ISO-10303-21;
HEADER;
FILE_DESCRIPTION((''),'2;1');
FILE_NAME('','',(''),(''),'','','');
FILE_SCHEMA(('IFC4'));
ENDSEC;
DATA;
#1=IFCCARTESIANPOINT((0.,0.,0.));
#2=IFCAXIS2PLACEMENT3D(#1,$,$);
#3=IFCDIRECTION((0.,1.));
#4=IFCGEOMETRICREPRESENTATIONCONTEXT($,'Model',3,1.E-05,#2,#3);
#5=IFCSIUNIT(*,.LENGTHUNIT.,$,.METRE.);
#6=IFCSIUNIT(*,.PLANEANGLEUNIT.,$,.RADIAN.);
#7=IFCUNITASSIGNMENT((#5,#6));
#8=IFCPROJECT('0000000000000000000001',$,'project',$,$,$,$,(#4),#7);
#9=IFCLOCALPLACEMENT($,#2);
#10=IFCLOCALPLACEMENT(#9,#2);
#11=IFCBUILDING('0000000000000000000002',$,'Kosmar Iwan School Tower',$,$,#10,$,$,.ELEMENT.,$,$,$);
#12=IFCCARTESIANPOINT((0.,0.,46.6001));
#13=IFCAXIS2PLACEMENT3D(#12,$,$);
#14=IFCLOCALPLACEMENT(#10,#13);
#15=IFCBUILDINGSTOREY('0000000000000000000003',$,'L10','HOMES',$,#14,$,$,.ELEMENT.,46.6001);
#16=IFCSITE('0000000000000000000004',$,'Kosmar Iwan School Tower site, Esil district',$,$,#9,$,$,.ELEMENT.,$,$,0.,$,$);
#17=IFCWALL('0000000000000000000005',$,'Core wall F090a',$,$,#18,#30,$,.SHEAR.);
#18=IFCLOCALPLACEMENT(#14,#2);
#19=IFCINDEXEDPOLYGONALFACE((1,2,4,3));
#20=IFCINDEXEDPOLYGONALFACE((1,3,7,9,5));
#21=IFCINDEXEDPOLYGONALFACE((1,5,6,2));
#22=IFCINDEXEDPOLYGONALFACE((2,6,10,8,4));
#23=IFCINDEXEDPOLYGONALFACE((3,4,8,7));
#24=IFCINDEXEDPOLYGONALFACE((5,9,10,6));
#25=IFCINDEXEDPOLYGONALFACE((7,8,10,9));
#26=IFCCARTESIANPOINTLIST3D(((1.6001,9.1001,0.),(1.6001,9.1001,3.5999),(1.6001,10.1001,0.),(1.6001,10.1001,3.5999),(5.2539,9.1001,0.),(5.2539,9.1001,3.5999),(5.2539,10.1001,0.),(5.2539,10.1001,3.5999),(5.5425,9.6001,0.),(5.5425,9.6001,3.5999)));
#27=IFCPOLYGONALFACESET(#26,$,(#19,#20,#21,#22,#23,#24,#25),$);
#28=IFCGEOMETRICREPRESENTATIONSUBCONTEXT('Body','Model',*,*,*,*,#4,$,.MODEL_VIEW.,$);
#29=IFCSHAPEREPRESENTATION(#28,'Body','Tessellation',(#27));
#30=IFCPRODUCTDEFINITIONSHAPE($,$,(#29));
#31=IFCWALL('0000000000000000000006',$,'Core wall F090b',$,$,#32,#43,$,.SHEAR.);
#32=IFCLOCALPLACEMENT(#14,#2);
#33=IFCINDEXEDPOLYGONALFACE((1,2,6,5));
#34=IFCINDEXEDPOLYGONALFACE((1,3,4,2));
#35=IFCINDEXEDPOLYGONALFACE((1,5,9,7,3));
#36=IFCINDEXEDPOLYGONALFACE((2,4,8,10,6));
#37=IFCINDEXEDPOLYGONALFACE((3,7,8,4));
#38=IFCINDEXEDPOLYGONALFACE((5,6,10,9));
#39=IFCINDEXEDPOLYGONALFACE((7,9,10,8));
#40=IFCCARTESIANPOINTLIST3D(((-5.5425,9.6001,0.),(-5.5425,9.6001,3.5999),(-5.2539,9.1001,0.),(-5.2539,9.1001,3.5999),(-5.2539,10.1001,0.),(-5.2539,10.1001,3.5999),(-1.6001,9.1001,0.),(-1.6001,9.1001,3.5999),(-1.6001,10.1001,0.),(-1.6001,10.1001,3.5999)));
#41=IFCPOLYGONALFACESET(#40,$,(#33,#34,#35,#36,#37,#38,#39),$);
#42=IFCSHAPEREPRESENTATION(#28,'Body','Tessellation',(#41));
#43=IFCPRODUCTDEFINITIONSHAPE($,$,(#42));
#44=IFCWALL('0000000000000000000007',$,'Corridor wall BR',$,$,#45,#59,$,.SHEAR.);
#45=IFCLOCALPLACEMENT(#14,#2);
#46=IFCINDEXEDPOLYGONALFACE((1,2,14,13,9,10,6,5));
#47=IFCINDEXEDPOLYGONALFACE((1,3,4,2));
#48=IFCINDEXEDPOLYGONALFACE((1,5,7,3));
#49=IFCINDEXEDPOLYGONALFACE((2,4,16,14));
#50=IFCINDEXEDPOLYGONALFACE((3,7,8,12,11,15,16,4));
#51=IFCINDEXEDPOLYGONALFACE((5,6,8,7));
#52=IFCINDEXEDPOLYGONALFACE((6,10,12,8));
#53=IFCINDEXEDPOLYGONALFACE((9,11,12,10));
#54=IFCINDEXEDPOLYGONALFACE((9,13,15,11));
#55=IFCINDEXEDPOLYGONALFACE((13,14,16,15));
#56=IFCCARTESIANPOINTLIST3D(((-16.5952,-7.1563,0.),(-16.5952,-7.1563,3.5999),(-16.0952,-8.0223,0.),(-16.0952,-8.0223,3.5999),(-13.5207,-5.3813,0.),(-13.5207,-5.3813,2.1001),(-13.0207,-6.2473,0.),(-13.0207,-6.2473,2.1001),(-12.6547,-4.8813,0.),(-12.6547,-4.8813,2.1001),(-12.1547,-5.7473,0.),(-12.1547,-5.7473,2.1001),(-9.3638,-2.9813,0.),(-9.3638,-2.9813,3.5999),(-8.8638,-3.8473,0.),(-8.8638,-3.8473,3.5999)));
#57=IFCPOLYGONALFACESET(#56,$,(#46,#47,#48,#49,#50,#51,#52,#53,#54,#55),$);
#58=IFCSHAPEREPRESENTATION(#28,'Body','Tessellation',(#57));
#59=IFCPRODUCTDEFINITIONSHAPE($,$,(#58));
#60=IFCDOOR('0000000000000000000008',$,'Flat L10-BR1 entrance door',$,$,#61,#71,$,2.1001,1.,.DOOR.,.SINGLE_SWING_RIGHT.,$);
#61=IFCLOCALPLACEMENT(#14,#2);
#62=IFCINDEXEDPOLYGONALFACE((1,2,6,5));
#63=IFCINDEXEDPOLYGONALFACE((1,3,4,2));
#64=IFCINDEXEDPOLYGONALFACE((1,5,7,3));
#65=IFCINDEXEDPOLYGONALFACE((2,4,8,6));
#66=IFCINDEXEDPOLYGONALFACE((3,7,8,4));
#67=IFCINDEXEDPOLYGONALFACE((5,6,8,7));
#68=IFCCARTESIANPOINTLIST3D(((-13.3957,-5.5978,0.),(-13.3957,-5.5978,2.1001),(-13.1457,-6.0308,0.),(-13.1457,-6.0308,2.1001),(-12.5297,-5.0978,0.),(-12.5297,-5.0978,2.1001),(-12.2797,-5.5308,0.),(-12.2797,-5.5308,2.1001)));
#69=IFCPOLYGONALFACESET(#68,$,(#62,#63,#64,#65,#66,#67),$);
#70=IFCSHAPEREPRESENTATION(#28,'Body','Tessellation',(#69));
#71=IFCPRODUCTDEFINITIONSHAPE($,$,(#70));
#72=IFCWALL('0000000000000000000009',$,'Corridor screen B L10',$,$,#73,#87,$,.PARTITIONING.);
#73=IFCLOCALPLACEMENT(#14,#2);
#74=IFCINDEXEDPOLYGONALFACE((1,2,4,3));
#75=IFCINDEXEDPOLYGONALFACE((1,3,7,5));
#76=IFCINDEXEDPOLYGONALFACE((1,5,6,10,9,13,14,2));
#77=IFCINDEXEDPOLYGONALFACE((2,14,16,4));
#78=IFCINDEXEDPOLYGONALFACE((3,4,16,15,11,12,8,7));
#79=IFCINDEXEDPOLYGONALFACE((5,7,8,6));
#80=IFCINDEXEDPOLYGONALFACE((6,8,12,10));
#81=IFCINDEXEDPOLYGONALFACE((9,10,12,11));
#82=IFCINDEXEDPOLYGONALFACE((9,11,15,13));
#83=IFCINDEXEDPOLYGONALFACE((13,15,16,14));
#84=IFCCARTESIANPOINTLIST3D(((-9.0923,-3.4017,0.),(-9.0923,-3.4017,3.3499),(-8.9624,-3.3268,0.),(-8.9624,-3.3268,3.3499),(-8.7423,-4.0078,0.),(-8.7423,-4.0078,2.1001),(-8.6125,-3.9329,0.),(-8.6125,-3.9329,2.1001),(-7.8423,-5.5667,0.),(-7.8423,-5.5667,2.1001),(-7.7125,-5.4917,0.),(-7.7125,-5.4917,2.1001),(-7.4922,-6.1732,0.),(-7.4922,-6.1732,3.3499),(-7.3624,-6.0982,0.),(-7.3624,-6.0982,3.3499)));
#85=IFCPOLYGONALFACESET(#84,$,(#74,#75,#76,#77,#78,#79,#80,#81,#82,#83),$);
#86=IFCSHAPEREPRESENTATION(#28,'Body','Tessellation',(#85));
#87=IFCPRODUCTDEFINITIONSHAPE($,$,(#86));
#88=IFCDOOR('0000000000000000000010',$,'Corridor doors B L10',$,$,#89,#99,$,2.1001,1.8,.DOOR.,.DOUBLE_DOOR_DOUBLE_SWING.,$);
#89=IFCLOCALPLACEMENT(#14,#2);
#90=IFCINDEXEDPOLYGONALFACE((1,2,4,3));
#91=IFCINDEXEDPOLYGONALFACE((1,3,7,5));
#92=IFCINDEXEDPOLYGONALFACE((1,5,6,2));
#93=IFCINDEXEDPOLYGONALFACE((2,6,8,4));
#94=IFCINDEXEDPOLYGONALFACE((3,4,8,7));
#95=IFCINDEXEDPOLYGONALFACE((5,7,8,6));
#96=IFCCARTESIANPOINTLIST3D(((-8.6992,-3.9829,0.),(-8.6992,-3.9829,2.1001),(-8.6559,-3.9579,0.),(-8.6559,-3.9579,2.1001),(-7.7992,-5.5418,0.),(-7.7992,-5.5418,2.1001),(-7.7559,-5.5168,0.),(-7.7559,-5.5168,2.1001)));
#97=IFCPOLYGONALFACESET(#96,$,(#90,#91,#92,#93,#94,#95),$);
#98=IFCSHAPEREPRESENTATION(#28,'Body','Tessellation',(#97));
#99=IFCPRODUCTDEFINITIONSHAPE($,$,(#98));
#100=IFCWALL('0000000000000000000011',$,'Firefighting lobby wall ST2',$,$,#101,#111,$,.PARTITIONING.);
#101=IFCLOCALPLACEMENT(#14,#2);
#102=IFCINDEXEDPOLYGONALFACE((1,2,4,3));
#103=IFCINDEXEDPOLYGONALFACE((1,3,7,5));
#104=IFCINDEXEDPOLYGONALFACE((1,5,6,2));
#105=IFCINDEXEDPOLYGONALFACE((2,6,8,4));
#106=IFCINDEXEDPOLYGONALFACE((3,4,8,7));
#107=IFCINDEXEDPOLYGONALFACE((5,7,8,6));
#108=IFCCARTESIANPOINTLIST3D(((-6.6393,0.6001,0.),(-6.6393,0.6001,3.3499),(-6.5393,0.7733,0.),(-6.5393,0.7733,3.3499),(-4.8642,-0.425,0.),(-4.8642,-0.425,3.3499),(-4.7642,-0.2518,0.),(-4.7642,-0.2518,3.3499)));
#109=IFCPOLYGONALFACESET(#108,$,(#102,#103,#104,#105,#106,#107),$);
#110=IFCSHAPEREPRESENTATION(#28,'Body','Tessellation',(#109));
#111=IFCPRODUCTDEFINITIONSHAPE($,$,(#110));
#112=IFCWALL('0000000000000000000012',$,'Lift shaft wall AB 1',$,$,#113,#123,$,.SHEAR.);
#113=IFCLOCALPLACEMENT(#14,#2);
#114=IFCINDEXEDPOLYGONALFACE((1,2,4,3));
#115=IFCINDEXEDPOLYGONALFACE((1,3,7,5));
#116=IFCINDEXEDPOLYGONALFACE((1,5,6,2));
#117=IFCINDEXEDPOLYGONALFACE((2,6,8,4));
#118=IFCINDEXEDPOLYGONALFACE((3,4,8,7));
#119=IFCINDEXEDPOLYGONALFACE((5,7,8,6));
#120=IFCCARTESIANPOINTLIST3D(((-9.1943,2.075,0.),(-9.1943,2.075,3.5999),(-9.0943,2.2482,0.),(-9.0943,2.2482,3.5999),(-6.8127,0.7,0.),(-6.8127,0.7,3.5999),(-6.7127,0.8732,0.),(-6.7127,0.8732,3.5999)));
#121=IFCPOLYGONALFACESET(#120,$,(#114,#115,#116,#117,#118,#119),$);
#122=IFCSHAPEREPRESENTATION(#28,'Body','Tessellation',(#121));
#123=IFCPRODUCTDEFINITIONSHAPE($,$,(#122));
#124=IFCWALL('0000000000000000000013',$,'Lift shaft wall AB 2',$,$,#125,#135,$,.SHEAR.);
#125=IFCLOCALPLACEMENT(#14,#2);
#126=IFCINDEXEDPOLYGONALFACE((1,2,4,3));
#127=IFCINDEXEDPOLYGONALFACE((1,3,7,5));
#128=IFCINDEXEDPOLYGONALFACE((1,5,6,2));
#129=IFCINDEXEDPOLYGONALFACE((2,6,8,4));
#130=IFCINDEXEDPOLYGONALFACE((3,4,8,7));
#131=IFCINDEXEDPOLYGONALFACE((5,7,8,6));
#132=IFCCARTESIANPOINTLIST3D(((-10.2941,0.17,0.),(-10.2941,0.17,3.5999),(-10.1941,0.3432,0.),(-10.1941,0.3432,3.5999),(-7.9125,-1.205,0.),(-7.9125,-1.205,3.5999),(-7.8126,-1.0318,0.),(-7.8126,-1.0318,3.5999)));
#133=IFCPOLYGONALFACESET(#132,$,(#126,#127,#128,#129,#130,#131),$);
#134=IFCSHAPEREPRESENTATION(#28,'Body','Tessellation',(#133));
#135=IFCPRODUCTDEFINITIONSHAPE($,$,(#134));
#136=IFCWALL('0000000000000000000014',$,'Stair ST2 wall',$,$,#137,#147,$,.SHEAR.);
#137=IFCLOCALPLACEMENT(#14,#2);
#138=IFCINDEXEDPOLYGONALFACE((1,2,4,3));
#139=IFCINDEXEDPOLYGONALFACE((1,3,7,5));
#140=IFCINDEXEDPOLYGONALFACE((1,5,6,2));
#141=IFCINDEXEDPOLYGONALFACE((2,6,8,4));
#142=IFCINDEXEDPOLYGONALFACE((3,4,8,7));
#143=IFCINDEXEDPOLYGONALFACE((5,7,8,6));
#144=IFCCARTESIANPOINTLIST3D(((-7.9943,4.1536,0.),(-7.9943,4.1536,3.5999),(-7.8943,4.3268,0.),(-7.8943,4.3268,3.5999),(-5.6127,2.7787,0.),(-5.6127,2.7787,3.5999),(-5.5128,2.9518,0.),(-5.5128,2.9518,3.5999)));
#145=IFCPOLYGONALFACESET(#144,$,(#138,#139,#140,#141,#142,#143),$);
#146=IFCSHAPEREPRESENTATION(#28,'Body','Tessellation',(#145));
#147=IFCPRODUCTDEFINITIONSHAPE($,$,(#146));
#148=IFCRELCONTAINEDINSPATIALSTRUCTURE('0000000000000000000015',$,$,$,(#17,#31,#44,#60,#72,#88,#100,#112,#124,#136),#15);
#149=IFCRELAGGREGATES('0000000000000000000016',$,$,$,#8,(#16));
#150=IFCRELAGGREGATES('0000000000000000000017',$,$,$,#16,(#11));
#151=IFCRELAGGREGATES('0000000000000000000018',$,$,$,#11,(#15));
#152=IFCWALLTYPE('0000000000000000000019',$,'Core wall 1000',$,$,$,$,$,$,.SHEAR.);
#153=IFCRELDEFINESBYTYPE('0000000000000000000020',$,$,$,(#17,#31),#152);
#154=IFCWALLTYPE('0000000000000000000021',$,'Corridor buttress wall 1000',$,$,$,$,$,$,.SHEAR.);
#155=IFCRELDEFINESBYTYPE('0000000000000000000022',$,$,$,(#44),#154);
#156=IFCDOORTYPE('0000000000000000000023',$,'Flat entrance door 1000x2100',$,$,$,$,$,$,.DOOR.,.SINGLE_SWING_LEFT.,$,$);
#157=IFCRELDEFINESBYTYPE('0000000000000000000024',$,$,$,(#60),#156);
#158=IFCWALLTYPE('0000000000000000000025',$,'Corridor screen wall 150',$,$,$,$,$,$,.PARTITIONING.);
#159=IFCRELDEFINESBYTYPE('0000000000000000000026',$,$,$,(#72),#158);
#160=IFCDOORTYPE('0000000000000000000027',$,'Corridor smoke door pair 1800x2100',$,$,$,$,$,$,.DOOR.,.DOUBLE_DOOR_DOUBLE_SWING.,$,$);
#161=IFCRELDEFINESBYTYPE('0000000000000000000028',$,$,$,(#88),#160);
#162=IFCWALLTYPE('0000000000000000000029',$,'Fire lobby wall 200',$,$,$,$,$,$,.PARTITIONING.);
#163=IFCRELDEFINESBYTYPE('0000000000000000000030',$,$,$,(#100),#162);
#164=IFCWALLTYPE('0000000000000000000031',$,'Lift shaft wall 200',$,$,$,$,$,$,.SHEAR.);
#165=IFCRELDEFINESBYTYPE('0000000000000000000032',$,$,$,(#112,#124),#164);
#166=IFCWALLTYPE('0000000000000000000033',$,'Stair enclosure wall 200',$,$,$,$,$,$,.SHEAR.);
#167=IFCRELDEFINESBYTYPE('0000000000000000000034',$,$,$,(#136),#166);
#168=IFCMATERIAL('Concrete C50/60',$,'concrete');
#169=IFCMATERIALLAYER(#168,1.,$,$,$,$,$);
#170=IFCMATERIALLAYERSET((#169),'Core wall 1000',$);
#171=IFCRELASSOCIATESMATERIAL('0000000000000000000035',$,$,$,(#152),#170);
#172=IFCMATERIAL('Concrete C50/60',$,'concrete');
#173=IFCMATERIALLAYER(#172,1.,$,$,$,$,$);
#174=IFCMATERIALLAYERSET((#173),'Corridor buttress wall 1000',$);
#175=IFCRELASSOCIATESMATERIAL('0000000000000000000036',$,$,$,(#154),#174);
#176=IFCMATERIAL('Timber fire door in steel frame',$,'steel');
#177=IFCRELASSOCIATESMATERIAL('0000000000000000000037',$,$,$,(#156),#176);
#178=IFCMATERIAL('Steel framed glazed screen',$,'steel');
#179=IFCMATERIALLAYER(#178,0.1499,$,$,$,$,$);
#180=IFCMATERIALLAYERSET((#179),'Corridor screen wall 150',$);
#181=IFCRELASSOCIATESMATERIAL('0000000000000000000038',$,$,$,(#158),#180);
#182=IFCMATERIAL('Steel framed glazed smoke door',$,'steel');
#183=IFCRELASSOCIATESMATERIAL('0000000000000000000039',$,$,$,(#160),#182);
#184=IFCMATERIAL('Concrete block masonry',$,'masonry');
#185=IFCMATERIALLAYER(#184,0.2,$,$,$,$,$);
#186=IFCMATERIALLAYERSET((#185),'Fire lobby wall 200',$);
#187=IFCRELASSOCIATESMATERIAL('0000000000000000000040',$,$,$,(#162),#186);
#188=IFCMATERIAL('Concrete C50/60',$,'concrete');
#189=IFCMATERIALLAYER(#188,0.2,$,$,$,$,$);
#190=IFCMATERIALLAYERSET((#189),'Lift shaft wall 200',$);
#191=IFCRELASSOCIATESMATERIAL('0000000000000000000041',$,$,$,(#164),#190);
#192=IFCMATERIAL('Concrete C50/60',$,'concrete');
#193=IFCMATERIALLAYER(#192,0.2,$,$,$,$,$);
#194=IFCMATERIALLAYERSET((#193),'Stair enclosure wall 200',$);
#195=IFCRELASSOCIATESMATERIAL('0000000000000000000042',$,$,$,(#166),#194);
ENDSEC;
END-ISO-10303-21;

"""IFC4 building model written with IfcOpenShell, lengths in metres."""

from ifc_helpers import new_model, si_unit, direction, frame, frame_2d, origin, place, context, subcontext, project, spatial, polyline, rectangle, outline, extrude, material, layer, layer_set, type_object, element, fill, save


model = new_model("IFC4")

# Units and contexts
model_context = context("Model", 3, precision=1e-05, world=origin(), true_north=direction((0.0, 1.0)))
body_context = subcontext(model_context, "Body", "Model", "MODEL_VIEW")
ifc_project = project(units=[si_unit("LENGTHUNIT", "METRE"), si_unit("PLANEANGLEUNIT", "RADIAN")], contexts=[model_context])

# Site, building, storey
site_placement = place(None, origin())
site = spatial("IfcSite", under=ifc_project, at=site_placement, Name="Kosmar Iwan School Tower site, Esil district", CompositionType="ELEMENT", RefElevation=0.0)
building_placement = place(site_placement, origin())
building = spatial("IfcBuilding", under=site, at=building_placement, Name="Kosmar Iwan School Tower", CompositionType="ELEMENT")
storey_placement = place(building_placement, frame((0.0, 0.0, 46.6001)))
storey = spatial("IfcBuildingStorey", under=building, at=storey_placement, Name="L10", Description="HOMES", CompositionType="ELEMENT", Elevation=46.6001)

# Walls
ifc_material_1 = material(Name="Concrete C50/60", Category="concrete")
ifc_layer_1 = layer(ifc_material_1, 1.0)
ifc_layer_set_1 = layer_set([ifc_layer_1], Name="Core wall 1000")
wall_type_1 = type_object("IfcWallType", Name="Core wall 1000", PredefinedType="SHEAR", material=ifc_layer_set_1)
wall_1_placement = place(storey_placement, origin())
element("IfcWall", 1, at=wall_1_placement, inside=storey, type_object=wall_type_1, Name="Core wall F090a", PredefinedType="SHEAR", context=body_context, shape_type="SweptSolid", body=[
    extrude(outline(polyline([(1.6001, 9.1001), (5.2539, 9.1001), (5.5425, 9.6001), (5.2539, 10.1001), (1.6001, 10.1001), (1.6001, 9.1001)])), origin(), (0.0, 0.0, 1.0), 3.5999),
])
wall_2_placement = place(storey_placement, origin())
element("IfcWall", 2, at=wall_2_placement, inside=storey, type_object=wall_type_1, Name="Core wall F090b", PredefinedType="SHEAR", context=body_context, shape_type="SweptSolid", body=[
    extrude(outline(polyline([(-5.2539, 9.1001), (-1.6001, 9.1001), (-1.6001, 10.1001), (-5.2539, 10.1001), (-5.5425, 9.6001), (-5.2539, 9.1001)])), origin(), (0.0, 0.0, 1.0), 3.5999),
])

# Walls, openings, doors
ifc_material_2 = material(Name="Concrete C50/60", Category="concrete")
ifc_layer_2 = layer(ifc_material_2, 1.0)
ifc_layer_set_2 = layer_set([ifc_layer_2], Name="Corridor buttress wall 1000")
wall_type_2 = type_object("IfcWallType", Name="Corridor buttress wall 1000", PredefinedType="SHEAR", material=ifc_layer_set_2)
wall_3_placement = place(storey_placement, frame((-9.1138, -3.4143, 0.0), z_axis=(0.0, 0.0, 1.0), x_axis=(-0.866027, -0.499997, 0.0)))
wall_3 = element("IfcWall", 3, at=wall_3_placement, inside=storey, type_object=wall_type_2, Name="Corridor wall BR", PredefinedType="SHEAR", context=body_context, shape_type="SweptSolid", body=[
    extrude(rectangle(XDim=8.3501, YDim=1.0, at=frame_2d((4.175, 0.0))), origin(), (0.0, 0.0, 1.0), 3.5999),
])
opening_1_placement = place(wall_3_placement, frame((3.8, 0.0, 0.0)))
opening_1 = element("IfcOpeningElement", 4, at=opening_1_placement, cuts=wall_3, PredefinedType="OPENING", context=body_context, shape_type="SweptSolid", body=[
    extrude(rectangle(XDim=1.0, YDim=2.1001, at=frame_2d((0.5, 1.05))), frame((0.0, 0.512, 0.0), z_axis=(0.0, -1.0, 0.0), x_axis=(1.0, 0.0, 0.0)), (0.0, 0.0, 1.0), 1.0239),
])
ifc_material_3 = material(Name="Timber fire door in steel frame", Category="steel")
door_type_1 = type_object("IfcDoorType", Name="Flat entrance door 1000x2100", OperationType="SINGLE_SWING_LEFT", PredefinedType="DOOR", material=ifc_material_3)
door_1_placement = place(opening_1_placement, origin())
door_1 = element("IfcDoor", 5, at=door_1_placement, inside=storey, type_object=door_type_1, Name="Flat L10-BR1 entrance door", OperationType="SINGLE_SWING_RIGHT", OverallHeight=2.1001, OverallWidth=1.0, PredefinedType="DOOR", context=body_context, shape_type="SweptSolid", body=[
    extrude(rectangle(XDim=1.0, YDim=2.1001, at=frame_2d((0.5, 1.05))), frame((0.0, 0.25, 0.0), z_axis=(0.0, -1.0, 0.0), x_axis=(1.0, 0.0, 0.0)), (0.0, 0.0, 1.0), 0.5),
])
fill(opening_1, door_1)
ifc_material_4 = material(Name="Steel framed glazed screen", Category="steel")
ifc_layer_3 = layer(ifc_material_4, 0.1499)
ifc_layer_set_3 = layer_set([ifc_layer_3], Name="Corridor screen wall 150")
wall_type_3 = type_object("IfcWallType", Name="Corridor screen wall 150", PredefinedType="PARTITIONING", material=ifc_layer_set_3)
wall_4_placement = place(storey_placement, frame((-9.0273, -3.3643, 0.0), z_axis=(0.0, 0.0, 1.0), x_axis=(0.499995, -0.866028, 0.0)))
wall_4 = element("IfcWall", 6, at=wall_4_placement, inside=storey, type_object=wall_type_3, Name="Corridor screen B L10", PredefinedType="PARTITIONING", context=body_context, shape_type="SweptSolid", body=[
    extrude(rectangle(XDim=3.2002, YDim=0.1499, at=frame_2d((1.6001, 0.0))), origin(), (0.0, 0.0, 1.0), 3.3499),
])
opening_2_placement = place(wall_4_placement, frame((0.7, 0.0, 0.0)))
opening_2 = element("IfcOpeningElement", 7, at=opening_2_placement, cuts=wall_4, PredefinedType="OPENING", context=body_context, shape_type="SweptSolid", body=[
    extrude(rectangle(XDim=1.8, YDim=2.1001, at=frame_2d((0.8999, 1.05))), frame((0.0, 0.0869, 0.0), z_axis=(0.0, -1.0, 0.0), x_axis=(1.0, 0.0, 0.0)), (0.0, 0.0, 1.0), 0.1738),
])
ifc_material_5 = material(Name="Steel framed glazed smoke door", Category="steel")
door_type_2 = type_object("IfcDoorType", Name="Corridor smoke door pair 1800x2100", OperationType="DOUBLE_DOOR_DOUBLE_SWING", PredefinedType="DOOR", material=ifc_material_5)
door_2_placement = place(opening_2_placement, origin())
door_2 = element("IfcDoor", 8, at=door_2_placement, inside=storey, type_object=door_type_2, Name="Corridor doors B L10", OperationType="DOUBLE_DOOR_DOUBLE_SWING", OverallHeight=2.1001, OverallWidth=1.8, PredefinedType="DOOR", context=body_context, shape_type="SweptSolid", body=[
    extrude(rectangle(XDim=1.8, YDim=2.1001, at=frame_2d((0.8999, 1.05))), frame((0.0, 0.0249, 0.0), z_axis=(0.0, -1.0, 0.0), x_axis=(1.0, 0.0, 0.0)), (0.0, 0.0, 1.0), 0.05),
])
fill(opening_2, door_2)

# Walls
ifc_material_6 = material(Name="Concrete block masonry", Category="masonry")
ifc_layer_4 = layer(ifc_material_6, 0.2)
ifc_layer_set_4 = layer_set([ifc_layer_4], Name="Fire lobby wall 200")
wall_type_4 = type_object("IfcWallType", Name="Fire lobby wall 200", PredefinedType="PARTITIONING", material=ifc_layer_set_4)
wall_5_placement = place(storey_placement, frame((-4.8142, -0.3384, 0.0), z_axis=(0.0, 0.0, 1.0), x_axis=(-0.865969, 0.500097, 0.0)))
element("IfcWall", 9, at=wall_5_placement, inside=storey, type_object=wall_type_4, Name="Firefighting lobby wall ST2", PredefinedType="PARTITIONING", context=body_context, shape_type="SweptSolid", body=[
    extrude(rectangle(XDim=2.0498, YDim=0.2, at=frame_2d((1.0249, 0.0))), origin(), (0.0, 0.0, 1.0), 3.3499),
])
ifc_material_7 = material(Name="Concrete C50/60", Category="concrete")
ifc_layer_5 = layer(ifc_material_7, 0.2)
ifc_layer_set_5 = layer_set([ifc_layer_5], Name="Lift shaft wall 200")
wall_type_5 = type_object("IfcWallType", Name="Lift shaft wall 200", PredefinedType="SHEAR", material=ifc_layer_set_5)
for number, where, z_axis, x_axis, name in (
    (10, (-6.7627, 0.7866, 0.0), (0.0, 0.0, 1.0), (-0.866027, 0.499997, 0.0), "Lift shaft wall AB 1"),
    (11, (-7.8625, -1.1184, 0.0), (0.0, 0.0, 1.0), (-0.866027, 0.499997, 0.0), "Lift shaft wall AB 2"),
):
    element("IfcWall", number, at=place(storey_placement, frame(where, z_axis=z_axis, x_axis=x_axis)), inside=storey, type_object=wall_type_5, Name=name, PredefinedType="SHEAR", context=body_context, shape_type="SweptSolid", body=[
        extrude(rectangle(XDim=2.75, YDim=0.2, at=frame_2d((1.375, 0.0))), origin(), (0.0, 0.0, 1.0), 3.5999),
    ])
ifc_material_8 = material(Name="Concrete C50/60", Category="concrete")
ifc_layer_6 = layer(ifc_material_8, 0.2)
ifc_layer_set_6 = layer_set([ifc_layer_6], Name="Stair enclosure wall 200")
wall_type_6 = type_object("IfcWallType", Name="Stair enclosure wall 200", PredefinedType="SHEAR", material=ifc_layer_set_6)
wall_6_placement = place(storey_placement, frame((-5.5627, 2.8652, 0.0), z_axis=(0.0, 0.0, 1.0), x_axis=(-0.866027, 0.499997, 0.0)))
element("IfcWall", 12, at=wall_6_placement, inside=storey, type_object=wall_type_6, Name="Stair ST2 wall", PredefinedType="SHEAR", context=body_context, shape_type="SweptSolid", body=[
    extrude(rectangle(XDim=2.75, YDim=0.2, at=frame_2d((1.375, 0.0))), origin(), (0.0, 0.0, 1.0), 3.5999),
])

save(model, "model.ifc")
